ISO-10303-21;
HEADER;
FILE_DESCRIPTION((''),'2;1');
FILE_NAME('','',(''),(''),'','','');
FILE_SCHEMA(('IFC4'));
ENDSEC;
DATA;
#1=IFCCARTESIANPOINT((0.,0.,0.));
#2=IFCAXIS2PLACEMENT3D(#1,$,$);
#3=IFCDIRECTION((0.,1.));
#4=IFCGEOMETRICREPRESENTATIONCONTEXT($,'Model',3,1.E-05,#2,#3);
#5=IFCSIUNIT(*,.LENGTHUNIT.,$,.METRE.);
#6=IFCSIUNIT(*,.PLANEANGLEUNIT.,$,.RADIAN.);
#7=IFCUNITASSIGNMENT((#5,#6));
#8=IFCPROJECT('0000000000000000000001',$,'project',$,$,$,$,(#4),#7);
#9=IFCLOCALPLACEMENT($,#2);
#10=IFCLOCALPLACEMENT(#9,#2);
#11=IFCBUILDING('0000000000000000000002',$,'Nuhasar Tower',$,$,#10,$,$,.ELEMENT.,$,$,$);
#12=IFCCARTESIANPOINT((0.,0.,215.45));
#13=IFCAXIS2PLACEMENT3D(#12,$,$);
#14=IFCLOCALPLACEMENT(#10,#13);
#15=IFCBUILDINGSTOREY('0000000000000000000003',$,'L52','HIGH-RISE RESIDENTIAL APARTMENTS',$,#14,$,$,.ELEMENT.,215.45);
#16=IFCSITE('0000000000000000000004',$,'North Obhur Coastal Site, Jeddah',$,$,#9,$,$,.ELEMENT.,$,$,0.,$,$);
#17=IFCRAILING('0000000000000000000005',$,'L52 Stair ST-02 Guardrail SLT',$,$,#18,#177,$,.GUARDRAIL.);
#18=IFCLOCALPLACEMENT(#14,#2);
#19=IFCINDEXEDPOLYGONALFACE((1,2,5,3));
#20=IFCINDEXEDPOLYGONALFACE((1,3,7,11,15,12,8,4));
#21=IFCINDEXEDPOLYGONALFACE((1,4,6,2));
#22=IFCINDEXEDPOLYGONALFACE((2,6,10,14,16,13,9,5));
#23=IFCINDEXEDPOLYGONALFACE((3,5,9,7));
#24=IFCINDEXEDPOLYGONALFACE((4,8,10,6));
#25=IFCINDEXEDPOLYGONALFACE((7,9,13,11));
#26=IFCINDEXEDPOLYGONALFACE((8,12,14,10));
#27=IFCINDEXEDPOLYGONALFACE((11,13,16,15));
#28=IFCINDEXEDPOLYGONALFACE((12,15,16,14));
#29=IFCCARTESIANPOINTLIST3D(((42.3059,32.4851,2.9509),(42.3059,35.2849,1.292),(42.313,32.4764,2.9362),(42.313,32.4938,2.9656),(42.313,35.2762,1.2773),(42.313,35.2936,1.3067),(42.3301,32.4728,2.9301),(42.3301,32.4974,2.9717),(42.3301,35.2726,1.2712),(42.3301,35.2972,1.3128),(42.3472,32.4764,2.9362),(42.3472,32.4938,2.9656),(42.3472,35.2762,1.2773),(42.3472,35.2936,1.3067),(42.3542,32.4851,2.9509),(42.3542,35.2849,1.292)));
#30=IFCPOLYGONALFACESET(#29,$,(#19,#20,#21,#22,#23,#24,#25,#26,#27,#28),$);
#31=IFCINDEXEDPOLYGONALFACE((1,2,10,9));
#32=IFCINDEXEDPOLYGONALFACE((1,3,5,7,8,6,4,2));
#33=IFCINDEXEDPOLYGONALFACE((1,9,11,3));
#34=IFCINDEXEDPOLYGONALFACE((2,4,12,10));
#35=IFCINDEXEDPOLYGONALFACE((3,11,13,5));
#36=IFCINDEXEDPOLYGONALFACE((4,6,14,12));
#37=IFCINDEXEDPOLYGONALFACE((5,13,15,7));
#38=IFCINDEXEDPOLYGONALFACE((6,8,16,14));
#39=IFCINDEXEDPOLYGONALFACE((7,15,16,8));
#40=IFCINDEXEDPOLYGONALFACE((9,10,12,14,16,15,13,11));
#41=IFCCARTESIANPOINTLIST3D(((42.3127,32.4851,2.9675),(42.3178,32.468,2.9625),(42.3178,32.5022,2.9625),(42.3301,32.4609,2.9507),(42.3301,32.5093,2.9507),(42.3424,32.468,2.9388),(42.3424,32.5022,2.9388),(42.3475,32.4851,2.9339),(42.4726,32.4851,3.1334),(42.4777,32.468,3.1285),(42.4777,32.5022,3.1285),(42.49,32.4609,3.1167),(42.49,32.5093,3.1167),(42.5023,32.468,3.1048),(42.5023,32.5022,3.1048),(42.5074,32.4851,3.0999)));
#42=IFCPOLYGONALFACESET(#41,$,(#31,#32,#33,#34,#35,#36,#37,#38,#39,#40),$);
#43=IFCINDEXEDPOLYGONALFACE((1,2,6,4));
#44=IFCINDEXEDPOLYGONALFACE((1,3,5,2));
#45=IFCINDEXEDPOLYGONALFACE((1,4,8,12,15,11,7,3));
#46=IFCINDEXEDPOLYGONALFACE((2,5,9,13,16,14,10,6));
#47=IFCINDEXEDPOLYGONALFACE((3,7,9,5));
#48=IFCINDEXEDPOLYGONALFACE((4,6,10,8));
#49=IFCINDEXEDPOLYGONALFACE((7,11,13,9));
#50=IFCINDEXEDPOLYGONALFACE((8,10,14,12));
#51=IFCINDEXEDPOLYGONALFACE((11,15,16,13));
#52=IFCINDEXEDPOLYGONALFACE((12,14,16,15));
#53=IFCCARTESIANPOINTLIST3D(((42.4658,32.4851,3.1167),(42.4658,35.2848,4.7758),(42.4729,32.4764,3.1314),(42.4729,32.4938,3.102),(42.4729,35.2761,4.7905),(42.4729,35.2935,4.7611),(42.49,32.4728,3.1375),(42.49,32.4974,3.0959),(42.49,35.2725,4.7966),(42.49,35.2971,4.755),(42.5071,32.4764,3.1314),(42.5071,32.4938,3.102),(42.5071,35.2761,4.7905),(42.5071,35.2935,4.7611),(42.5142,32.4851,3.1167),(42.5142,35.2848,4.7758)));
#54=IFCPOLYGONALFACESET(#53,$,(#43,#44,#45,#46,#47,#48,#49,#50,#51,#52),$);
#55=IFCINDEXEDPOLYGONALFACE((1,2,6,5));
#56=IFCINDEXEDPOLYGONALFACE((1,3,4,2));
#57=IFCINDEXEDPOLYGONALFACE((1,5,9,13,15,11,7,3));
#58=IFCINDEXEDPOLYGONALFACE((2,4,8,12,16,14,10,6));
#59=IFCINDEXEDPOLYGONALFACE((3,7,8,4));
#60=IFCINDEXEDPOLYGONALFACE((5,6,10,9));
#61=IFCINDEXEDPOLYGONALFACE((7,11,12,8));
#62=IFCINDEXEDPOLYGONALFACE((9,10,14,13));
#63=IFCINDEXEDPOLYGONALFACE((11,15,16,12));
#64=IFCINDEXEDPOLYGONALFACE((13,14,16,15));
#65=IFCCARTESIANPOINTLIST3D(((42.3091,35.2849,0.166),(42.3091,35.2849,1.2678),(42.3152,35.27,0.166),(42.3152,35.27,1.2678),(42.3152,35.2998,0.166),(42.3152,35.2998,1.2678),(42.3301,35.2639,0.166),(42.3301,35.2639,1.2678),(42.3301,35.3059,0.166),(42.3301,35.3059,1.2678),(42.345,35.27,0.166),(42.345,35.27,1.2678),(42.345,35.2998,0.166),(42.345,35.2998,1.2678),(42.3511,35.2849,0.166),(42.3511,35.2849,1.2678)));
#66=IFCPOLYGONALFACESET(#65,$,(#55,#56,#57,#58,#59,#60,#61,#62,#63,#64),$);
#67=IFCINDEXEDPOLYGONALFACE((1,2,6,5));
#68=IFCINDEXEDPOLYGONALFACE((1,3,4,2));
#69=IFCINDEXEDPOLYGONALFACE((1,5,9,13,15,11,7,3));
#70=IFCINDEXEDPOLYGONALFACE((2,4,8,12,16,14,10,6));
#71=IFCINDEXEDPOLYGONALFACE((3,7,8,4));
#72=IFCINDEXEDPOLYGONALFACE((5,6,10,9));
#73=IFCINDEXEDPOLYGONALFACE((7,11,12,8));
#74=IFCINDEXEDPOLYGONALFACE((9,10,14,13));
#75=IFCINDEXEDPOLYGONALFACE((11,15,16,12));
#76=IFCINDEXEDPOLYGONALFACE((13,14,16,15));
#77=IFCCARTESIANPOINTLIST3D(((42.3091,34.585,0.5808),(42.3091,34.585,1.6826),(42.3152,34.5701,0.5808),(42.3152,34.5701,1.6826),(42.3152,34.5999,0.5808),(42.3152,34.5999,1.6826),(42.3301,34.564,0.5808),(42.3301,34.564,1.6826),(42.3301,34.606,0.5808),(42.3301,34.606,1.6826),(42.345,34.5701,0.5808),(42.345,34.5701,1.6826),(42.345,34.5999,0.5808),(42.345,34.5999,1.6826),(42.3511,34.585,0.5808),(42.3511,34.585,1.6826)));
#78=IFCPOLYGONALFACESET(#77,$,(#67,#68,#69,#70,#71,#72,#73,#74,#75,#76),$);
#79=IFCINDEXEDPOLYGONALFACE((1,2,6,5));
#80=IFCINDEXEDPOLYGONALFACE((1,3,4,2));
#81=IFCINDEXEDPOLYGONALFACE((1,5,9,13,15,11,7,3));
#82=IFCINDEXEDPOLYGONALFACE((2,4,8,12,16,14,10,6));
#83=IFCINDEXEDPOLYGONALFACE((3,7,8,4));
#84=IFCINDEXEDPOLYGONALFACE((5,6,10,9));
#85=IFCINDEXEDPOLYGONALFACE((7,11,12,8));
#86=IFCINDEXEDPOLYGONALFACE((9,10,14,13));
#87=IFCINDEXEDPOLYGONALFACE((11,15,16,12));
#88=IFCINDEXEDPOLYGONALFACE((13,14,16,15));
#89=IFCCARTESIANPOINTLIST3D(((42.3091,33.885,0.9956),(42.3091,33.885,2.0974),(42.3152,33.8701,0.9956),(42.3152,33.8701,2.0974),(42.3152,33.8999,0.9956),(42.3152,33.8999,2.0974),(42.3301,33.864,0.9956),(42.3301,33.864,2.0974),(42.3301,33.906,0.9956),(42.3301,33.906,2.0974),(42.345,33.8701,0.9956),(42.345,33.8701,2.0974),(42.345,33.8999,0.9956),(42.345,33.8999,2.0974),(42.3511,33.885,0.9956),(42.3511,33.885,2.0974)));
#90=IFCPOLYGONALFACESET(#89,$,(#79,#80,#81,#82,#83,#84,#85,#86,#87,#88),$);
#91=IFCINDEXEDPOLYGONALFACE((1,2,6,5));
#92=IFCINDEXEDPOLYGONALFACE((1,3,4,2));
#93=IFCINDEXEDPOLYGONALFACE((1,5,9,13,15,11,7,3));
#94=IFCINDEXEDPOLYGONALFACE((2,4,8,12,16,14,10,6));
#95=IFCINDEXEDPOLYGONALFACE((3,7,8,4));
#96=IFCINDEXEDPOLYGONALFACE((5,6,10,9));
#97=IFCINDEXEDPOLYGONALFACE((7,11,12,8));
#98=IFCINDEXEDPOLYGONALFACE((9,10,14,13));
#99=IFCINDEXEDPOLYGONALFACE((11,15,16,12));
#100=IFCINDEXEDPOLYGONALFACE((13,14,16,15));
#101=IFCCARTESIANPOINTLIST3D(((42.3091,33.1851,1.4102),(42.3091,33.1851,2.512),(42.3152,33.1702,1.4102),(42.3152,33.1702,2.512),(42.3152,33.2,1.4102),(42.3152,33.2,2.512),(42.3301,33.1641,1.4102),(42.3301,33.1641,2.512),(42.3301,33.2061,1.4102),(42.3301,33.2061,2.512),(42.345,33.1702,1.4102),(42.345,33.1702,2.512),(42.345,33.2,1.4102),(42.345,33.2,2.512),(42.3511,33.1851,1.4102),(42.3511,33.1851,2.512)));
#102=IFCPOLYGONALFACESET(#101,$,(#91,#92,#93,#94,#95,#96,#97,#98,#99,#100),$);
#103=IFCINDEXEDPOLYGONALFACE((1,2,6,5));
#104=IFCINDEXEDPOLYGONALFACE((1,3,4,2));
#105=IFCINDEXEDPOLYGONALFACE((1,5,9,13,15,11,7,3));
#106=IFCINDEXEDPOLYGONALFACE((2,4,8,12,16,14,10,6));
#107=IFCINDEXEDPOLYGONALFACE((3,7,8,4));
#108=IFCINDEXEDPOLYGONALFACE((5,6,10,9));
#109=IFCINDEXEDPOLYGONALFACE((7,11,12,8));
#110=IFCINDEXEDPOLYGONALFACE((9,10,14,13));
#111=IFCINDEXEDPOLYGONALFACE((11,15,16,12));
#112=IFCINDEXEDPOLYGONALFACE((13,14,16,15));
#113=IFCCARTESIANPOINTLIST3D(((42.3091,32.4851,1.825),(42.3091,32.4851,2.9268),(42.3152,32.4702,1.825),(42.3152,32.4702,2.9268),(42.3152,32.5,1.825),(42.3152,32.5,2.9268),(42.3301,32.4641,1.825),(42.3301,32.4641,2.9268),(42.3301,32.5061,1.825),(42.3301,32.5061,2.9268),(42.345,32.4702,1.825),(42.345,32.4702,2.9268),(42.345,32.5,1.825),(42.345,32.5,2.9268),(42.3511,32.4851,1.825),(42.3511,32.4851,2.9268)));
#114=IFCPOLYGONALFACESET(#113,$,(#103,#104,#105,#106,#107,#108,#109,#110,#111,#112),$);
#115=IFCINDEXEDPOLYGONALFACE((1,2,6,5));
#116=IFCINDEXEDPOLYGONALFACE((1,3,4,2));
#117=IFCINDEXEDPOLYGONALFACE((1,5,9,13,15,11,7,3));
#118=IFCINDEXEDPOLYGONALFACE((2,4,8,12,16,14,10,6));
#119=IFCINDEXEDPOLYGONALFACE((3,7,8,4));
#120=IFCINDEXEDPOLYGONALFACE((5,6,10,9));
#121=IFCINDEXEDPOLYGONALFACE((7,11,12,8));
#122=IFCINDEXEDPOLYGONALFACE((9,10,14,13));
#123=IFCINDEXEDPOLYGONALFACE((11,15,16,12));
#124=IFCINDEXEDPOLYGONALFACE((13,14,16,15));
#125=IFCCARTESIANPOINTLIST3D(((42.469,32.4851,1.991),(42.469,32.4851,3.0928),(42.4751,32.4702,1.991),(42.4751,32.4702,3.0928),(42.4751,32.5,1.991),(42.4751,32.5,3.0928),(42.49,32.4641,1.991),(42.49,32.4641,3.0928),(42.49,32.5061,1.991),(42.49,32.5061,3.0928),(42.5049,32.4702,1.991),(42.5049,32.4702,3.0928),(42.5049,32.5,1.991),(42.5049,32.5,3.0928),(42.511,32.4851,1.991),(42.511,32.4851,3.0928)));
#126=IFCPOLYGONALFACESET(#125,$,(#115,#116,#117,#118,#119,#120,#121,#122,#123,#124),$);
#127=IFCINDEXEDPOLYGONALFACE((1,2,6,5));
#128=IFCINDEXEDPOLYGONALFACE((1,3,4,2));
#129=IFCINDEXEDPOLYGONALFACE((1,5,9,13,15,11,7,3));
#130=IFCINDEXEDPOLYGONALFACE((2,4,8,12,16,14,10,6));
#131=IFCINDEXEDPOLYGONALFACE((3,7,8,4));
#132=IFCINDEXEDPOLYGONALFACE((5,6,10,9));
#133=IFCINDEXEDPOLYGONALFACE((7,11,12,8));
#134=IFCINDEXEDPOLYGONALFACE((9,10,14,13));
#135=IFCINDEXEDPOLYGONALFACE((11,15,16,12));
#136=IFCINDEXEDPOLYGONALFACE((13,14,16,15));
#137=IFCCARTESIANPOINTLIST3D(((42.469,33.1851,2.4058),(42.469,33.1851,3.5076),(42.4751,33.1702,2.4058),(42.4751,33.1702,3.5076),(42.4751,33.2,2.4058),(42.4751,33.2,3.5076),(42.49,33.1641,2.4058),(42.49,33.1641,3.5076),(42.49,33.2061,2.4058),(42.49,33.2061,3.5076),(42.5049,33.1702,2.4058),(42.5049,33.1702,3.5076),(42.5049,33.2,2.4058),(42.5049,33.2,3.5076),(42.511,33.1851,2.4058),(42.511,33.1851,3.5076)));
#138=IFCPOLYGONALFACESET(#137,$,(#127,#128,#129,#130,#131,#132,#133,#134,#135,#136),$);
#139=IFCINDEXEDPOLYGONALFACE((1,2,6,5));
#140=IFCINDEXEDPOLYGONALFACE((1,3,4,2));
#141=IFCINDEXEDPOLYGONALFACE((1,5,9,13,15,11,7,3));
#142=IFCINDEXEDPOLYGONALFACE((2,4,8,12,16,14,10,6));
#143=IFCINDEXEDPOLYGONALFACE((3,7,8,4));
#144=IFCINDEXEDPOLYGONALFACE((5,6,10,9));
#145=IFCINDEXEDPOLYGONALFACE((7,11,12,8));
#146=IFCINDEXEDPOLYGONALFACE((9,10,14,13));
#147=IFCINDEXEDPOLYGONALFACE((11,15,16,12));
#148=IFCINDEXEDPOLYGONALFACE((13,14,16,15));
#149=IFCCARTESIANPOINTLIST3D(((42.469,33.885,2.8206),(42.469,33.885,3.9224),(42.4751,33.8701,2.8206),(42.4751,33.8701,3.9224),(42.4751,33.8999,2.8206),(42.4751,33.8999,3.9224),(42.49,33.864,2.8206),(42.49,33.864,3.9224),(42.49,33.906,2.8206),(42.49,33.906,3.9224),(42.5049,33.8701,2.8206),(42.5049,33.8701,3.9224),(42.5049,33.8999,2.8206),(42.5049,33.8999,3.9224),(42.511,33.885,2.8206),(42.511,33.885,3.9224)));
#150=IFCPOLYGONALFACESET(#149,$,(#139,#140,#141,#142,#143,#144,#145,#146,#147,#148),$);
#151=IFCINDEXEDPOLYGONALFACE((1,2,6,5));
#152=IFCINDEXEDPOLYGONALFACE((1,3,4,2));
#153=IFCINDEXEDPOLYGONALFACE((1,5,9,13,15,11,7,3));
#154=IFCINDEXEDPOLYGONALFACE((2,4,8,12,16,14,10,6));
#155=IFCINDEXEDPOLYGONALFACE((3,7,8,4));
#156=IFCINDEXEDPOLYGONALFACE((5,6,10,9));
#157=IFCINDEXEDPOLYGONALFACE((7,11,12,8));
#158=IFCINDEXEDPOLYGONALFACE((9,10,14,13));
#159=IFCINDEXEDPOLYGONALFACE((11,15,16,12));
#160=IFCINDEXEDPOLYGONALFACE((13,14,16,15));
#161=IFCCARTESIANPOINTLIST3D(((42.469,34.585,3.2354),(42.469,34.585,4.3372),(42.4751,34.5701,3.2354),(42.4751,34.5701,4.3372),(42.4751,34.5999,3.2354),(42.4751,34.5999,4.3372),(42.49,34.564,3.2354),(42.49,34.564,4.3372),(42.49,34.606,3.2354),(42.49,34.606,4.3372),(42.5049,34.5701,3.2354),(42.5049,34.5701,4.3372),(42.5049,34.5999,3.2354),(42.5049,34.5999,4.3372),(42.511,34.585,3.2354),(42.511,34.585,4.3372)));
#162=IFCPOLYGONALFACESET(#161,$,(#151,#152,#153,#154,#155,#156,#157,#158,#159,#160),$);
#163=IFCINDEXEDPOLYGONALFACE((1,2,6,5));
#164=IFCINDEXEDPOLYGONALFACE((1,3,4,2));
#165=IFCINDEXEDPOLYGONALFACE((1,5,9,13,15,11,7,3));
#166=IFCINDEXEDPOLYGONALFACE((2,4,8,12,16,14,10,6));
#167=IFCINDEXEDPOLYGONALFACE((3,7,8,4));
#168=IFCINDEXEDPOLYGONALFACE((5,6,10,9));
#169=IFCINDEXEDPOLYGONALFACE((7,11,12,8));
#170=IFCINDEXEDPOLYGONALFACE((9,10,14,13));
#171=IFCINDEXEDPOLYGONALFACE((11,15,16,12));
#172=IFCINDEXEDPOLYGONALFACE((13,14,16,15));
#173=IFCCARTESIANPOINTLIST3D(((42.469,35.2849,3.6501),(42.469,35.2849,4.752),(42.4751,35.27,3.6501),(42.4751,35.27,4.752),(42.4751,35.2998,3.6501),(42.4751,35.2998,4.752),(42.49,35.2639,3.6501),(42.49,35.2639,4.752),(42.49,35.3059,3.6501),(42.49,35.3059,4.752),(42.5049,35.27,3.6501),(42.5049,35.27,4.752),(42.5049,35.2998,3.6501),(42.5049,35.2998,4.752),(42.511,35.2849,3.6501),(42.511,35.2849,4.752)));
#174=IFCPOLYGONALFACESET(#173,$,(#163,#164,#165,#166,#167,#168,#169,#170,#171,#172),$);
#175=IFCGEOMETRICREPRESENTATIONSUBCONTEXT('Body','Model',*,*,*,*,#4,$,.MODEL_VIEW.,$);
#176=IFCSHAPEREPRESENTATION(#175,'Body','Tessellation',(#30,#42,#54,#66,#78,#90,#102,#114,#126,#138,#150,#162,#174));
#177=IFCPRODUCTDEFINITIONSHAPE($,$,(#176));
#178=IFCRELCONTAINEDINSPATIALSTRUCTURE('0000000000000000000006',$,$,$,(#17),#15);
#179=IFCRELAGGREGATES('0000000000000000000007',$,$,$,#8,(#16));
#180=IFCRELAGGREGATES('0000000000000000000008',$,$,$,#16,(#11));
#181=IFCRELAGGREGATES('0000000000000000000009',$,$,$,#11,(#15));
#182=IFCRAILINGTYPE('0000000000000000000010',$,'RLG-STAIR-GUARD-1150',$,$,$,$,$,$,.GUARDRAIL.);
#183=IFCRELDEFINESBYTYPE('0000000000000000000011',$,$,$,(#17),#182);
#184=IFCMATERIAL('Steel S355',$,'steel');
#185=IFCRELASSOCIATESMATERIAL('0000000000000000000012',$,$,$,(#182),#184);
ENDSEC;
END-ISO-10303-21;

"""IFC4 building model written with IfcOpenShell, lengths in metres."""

from ifc_helpers import new_model, si_unit, direction, frame, origin, place, context, subcontext, project, spatial, polyline, outline, extrude, material, type_object, element, save


model = new_model("IFC4")

# Units and contexts
model_context = context("Model", 3, precision=1e-05, world=origin(), true_north=direction((0.0, 1.0)))
body_context = subcontext(model_context, "Body", "Model", "MODEL_VIEW")
ifc_project = project(units=[si_unit("LENGTHUNIT", "METRE"), si_unit("PLANEANGLEUNIT", "RADIAN")], contexts=[model_context])

# Site, building, storey
site_placement = place(None, origin())
site = spatial("IfcSite", under=ifc_project, at=site_placement, Name="North Obhur Coastal Site, Jeddah", CompositionType="ELEMENT", RefElevation=0.0)
building_placement = place(site_placement, origin())
building = spatial("IfcBuilding", under=site, at=building_placement, Name="Nuhasar Tower", CompositionType="ELEMENT")
storey_placement = place(building_placement, frame((0.0, 0.0, 215.45)))
storey = spatial("IfcBuildingStorey", under=building, at=storey_placement, Name="L52", Description="HIGH-RISE RESIDENTIAL APARTMENTS", CompositionType="ELEMENT", Elevation=215.45)

# Shared definitions
ifc_material_1 = material(Name="Steel S355", Category="steel")

# Railing
railing_type_1 = type_object("IfcRailingType", Name="RLG-STAIR-GUARD-1150", PredefinedType="GUARDRAIL", material=ifc_material_1)
railing_1_placement = place(storey_placement, frame((42.3301, 35.2849, 0.166)))
element("IfcRailing", 1, at=railing_1_placement, inside=storey, type_object=railing_type_1, Name="L52 Stair ST-02 Guardrail SLT", PredefinedType="GUARDRAIL", context=body_context, shape_type="SweptSolid", body=[
    extrude(outline(polyline([(0.0242, 0.0), (0.0171, 0.0171), (0.0, 0.0242), (-0.0171, 0.0171), (-0.0242, 0.0), (-0.0171, -0.0171), (0.0, -0.0242), (0.0171, -0.0171), (0.0242, 0.0)])), frame((0.0, 0.0, 1.126), z_axis=(0.0, -0.86032, 0.509755), x_axis=(1.0, 0.0, 0.0)), (0.0, 0.0, 1.0), 3.2544),
    extrude(outline(polyline([(0.0242, 0.0), (0.0171, 0.0171), (0.0, 0.0242), (-0.0171, 0.0171), (-0.0242, 0.0), (-0.0171, -0.0171), (0.0, -0.0242), (0.0171, -0.0171), (0.0242, 0.0)])), frame((0.0, -2.7998, 2.7847), z_axis=(0.693743, 0.0, 0.720222), x_axis=(0.0, 1.0, 0.0)), (0.0, 0.0, 1.0), 0.2305),
    extrude(outline(polyline([(0.0242, 0.0), (0.0171, 0.0171), (0.0, 0.0242), (-0.0171, 0.0171), (-0.0242, 0.0), (-0.0171, -0.0171), (0.0, -0.0242), (0.0171, -0.0171), (0.0242, 0.0)])), frame((0.1599, -2.7998, 2.9507), z_axis=(0.0, 0.860287, 0.509811), x_axis=(-1.0, 0.0, 0.0)), (0.0, 0.0, 1.0), 3.2544),
    extrude(outline(polyline([(0.021, 0.0), (0.0149, 0.0149), (0.0, 0.021), (-0.0149, 0.0149), (-0.021, 0.0), (-0.0149, -0.0149), (0.0, -0.021), (0.0149, -0.0149), (0.021, 0.0)])), origin(), (0.0, 0.0, 1.0), 1.1018),
    extrude(outline(polyline([(0.021, 0.0), (0.0149, 0.0149), (0.0, 0.021), (-0.0149, 0.0149), (-0.021, 0.0), (-0.0149, -0.0149), (0.0, -0.021), (0.0149, -0.0149), (0.021, 0.0)])), frame((0.0, -0.7, 0.4148)), (0.0, 0.0, 1.0), 1.1018),
    extrude(outline(polyline([(0.021, 0.0), (0.0149, 0.0149), (0.0, 0.021), (-0.0149, 0.0149), (-0.021, 0.0), (-0.0149, -0.0149), (0.0, -0.021), (0.0149, -0.0149), (0.021, 0.0)])), frame((0.0, -1.3999, 0.8296)), (0.0, 0.0, 1.0), 1.1018),
    extrude(outline(polyline([(0.021, 0.0), (0.0149, 0.0149), (0.0, 0.021), (-0.0149, 0.0149), (-0.021, 0.0), (-0.0149, -0.0149), (0.0, -0.021), (0.0149, -0.0149), (0.021, 0.0)])), frame((0.0, -2.0999, 1.2441)), (0.0, 0.0, 1.0), 1.1018),
    extrude(outline(polyline([(0.021, 0.0), (0.0149, 0.0149), (0.0, 0.021), (-0.0149, 0.0149), (-0.021, 0.0), (-0.0149, -0.0149), (0.0, -0.021), (0.0149, -0.0149), (0.021, 0.0)])), frame((0.0, -2.7998, 1.6589)), (0.0, 0.0, 1.0), 1.1018),
    extrude(outline(polyline([(0.021, 0.0), (0.0149, 0.0149), (0.0, 0.021), (-0.0149, 0.0149), (-0.021, 0.0), (-0.0149, -0.0149), (0.0, -0.021), (0.0149, -0.0149), (0.021, 0.0)])), frame((0.1599, -2.7998, 1.825)), (0.0, 0.0, 1.0), 1.1018),
    extrude(outline(polyline([(0.021, 0.0), (0.0149, 0.0149), (0.0, 0.021), (-0.0149, 0.0149), (-0.021, 0.0), (-0.0149, -0.0149), (0.0, -0.021), (0.0149, -0.0149), (0.021, 0.0)])), frame((0.1599, -2.0999, 2.2397)), (0.0, 0.0, 1.0), 1.1018),
    extrude(outline(polyline([(0.021, 0.0), (0.0149, 0.0149), (0.0, 0.021), (-0.0149, 0.0149), (-0.021, 0.0), (-0.0149, -0.0149), (0.0, -0.021), (0.0149, -0.0149), (0.021, 0.0)])), frame((0.1599, -1.3999, 2.6545)), (0.0, 0.0, 1.0), 1.1018),
    extrude(outline(polyline([(0.021, 0.0), (0.0149, 0.0149), (0.0, 0.021), (-0.0149, 0.0149), (-0.021, 0.0), (-0.0149, -0.0149), (0.0, -0.021), (0.0149, -0.0149), (0.021, 0.0)])), frame((0.1599, -0.7, 3.0693)), (0.0, 0.0, 1.0), 1.1018),
    extrude(outline(polyline([(0.021, 0.0), (0.0149, 0.0149), (0.0, 0.021), (-0.0149, 0.0149), (-0.021, 0.0), (-0.0149, -0.0149), (0.0, -0.021), (0.0149, -0.0149), (0.021, 0.0)])), frame((0.1599, 0.0, 3.4841)), (0.0, 0.0, 1.0), 1.1018),
])

save(model, "model.ifc")
